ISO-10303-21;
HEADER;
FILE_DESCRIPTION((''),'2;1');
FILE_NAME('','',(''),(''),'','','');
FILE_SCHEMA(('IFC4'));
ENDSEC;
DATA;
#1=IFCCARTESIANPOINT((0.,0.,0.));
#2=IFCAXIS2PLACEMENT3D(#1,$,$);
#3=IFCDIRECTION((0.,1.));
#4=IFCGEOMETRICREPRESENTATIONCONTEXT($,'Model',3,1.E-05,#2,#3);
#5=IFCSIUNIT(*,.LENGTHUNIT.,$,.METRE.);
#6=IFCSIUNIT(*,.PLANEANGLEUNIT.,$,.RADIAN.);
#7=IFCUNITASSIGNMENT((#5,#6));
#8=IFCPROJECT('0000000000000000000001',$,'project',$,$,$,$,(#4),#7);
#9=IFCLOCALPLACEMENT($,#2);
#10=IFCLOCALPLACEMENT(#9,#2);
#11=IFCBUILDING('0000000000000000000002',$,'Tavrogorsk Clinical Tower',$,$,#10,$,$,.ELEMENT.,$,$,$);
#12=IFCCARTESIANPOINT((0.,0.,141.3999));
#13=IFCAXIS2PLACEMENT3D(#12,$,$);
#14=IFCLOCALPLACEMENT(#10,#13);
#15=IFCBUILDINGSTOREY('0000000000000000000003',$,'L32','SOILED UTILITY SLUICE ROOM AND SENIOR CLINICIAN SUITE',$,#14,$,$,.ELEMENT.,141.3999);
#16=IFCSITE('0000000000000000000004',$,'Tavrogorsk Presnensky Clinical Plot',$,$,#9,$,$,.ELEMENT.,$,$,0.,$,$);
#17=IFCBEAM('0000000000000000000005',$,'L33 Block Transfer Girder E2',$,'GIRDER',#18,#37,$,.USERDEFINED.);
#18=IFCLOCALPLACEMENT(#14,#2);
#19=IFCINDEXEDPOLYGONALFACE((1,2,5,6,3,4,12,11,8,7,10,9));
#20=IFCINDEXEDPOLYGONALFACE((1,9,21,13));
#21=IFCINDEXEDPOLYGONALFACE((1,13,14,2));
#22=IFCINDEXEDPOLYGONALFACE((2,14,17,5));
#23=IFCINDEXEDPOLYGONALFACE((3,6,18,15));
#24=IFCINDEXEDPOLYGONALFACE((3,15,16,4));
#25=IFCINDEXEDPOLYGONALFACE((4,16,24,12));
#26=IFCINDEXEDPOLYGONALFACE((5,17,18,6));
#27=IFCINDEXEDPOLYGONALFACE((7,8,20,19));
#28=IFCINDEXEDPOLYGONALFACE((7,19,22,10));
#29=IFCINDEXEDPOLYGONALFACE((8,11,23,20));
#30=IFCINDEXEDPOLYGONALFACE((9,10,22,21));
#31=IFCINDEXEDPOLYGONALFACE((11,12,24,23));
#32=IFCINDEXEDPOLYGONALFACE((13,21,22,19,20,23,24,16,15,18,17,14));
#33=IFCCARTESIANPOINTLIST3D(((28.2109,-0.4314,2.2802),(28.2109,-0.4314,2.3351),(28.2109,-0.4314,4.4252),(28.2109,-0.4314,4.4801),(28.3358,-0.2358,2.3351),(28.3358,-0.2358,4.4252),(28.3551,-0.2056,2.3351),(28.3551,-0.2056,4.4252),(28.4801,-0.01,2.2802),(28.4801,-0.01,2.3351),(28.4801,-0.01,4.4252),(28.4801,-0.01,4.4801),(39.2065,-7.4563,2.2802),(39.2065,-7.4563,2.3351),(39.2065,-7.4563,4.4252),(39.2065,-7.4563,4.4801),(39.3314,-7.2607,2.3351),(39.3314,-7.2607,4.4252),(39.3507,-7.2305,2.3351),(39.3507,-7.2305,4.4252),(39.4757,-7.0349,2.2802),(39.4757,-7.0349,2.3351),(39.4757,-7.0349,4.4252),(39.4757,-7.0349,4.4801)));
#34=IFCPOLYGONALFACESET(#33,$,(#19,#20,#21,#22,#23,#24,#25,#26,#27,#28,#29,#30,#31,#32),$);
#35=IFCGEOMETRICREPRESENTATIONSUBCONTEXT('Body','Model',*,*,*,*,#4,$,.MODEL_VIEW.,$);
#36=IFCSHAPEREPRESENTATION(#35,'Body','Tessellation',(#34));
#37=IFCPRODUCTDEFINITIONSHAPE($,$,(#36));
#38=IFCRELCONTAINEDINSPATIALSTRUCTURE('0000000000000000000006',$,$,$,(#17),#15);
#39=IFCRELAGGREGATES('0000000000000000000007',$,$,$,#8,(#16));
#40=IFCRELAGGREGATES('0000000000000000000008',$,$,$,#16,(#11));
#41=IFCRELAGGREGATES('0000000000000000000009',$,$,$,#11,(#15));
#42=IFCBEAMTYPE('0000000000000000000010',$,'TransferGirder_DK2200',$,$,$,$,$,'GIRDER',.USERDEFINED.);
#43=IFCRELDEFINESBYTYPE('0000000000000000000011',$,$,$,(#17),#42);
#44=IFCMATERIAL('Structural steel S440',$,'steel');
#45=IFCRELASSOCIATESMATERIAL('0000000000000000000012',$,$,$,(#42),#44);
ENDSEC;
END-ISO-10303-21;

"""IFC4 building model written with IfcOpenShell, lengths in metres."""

from ifc_helpers import new_model, si_unit, direction, frame, origin, origin_2d, place, context, subcontext, project, spatial, i_section, extrude, material, material_profile, profile_set, type_object, element, save


model = new_model("IFC4")

# Units and contexts
model_context = context("Model", 3, precision=1e-05, world=origin(), true_north=direction((0.0, 1.0)))
body_context = subcontext(model_context, "Body", "Model", "MODEL_VIEW")
ifc_project = project(units=[si_unit("LENGTHUNIT", "METRE"), si_unit("PLANEANGLEUNIT", "RADIAN")], contexts=[model_context])

# Site, building, storey
site_placement = place(None, origin())
site = spatial("IfcSite", under=ifc_project, at=site_placement, Name="Tavrogorsk Presnensky Clinical Plot", CompositionType="ELEMENT", RefElevation=0.0)
building_placement = place(site_placement, origin())
building = spatial("IfcBuilding", under=site, at=building_placement, Name="Tavrogorsk Clinical Tower", CompositionType="ELEMENT")
storey_placement = place(building_placement, frame((0.0, 0.0, 141.3999)))
storey = spatial("IfcBuildingStorey", under=building, at=storey_placement, Name="L32", Description="SOILED UTILITY SLUICE ROOM AND SENIOR CLINICIAN SUITE", CompositionType="ELEMENT", Elevation=141.3999)

# Beam
ifc_material_1 = material(Name="Structural steel S440", Category="steel")
ifc_material_profile_1 = material_profile(ifc_material_1, i_section(OverallWidth=0.5, OverallDepth=2.2, WebThickness=0.0359, FlangeThickness=0.0549, at=origin_2d()), Name="DK-2200x500x36x55")
ifc_profile_set_1 = profile_set([ifc_material_profile_1], Name="Structural steel S440")
beam_type_1 = type_object("IfcBeamType", Name="TransferGirder_DK2200", ElementType="GIRDER", PredefinedType="USERDEFINED", material=ifc_profile_set_1)
beam_1_placement = place(storey_placement, frame((28.3455, -0.2207, 3.3801), z_axis=(0.842699, -0.538386, 0.0), x_axis=(0.538386, 0.842699, 0.0)))
element("IfcBeam", 1, at=beam_1_placement, inside=storey, type_object=beam_type_1, Name="L33 Block Transfer Girder E2", ObjectType="GIRDER", PredefinedType="USERDEFINED", context=body_context, shape_type="SweptSolid", body=[
    extrude(i_section(OverallWidth=0.5, OverallDepth=2.2, WebThickness=0.0359, FlangeThickness=0.0549, at=origin_2d()), origin(), (0.0, 0.0, 1.0), 13.0481),
])

save(model, "model.ifc")
